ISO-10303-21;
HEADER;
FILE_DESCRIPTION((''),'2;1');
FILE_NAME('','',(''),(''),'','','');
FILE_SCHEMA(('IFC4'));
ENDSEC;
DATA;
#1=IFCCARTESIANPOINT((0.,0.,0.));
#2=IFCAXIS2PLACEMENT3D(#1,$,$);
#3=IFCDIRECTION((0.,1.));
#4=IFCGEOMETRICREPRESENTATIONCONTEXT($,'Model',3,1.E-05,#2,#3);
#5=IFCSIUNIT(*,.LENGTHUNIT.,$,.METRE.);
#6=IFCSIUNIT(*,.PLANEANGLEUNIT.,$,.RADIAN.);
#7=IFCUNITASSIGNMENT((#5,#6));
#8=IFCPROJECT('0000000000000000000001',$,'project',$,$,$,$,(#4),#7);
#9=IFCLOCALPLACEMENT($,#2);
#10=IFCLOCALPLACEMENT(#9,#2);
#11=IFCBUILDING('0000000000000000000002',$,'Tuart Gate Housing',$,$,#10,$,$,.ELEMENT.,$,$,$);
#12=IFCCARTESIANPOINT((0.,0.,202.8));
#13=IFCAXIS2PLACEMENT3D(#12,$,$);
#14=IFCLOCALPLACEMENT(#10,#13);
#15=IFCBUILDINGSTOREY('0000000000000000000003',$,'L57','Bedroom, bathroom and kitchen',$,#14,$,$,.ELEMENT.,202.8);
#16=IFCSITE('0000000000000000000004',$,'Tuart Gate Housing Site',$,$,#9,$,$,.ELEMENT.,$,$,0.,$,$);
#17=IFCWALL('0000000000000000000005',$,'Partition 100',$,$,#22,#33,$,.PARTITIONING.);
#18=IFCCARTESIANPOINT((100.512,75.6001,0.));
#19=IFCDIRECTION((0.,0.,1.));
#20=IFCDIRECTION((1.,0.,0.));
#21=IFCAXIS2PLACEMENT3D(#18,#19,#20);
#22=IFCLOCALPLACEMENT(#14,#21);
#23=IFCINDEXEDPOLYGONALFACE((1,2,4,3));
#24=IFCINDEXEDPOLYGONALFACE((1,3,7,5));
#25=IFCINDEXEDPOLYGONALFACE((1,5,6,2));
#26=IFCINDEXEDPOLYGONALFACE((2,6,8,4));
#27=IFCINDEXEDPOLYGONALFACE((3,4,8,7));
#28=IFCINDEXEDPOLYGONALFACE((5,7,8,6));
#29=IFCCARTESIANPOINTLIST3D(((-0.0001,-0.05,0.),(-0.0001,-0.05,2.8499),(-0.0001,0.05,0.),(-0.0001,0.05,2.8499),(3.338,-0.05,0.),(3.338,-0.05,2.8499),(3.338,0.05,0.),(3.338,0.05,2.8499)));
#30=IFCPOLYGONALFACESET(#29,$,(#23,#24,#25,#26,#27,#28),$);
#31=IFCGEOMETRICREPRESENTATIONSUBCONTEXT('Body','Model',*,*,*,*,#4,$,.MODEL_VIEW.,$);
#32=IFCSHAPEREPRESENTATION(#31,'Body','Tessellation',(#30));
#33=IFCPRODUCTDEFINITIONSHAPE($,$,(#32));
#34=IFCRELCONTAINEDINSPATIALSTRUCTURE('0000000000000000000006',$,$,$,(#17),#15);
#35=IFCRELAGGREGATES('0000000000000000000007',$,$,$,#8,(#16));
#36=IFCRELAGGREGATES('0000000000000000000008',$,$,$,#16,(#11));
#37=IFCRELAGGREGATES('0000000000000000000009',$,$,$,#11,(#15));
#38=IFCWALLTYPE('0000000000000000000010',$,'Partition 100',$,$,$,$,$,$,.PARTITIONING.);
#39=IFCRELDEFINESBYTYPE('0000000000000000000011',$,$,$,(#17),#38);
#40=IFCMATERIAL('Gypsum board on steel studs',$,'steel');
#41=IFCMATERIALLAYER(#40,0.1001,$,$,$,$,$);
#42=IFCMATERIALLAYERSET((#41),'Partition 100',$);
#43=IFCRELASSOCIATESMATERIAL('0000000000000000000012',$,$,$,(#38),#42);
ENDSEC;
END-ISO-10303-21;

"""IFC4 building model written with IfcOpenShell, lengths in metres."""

from ifc_helpers import new_model, si_unit, direction, frame, frame_2d, origin, place, context, subcontext, project, spatial, rectangle, extrude, material, layer, layer_set, type_object, element, save


model = new_model("IFC4")

# Units and contexts
model_context = context("Model", 3, precision=1e-05, world=origin(), true_north=direction((0.0, 1.0)))
body_context = subcontext(model_context, "Body", "Model", "MODEL_VIEW")
ifc_project = project(units=[si_unit("LENGTHUNIT", "METRE"), si_unit("PLANEANGLEUNIT", "RADIAN")], contexts=[model_context])

# Site, building, storey
site_placement = place(None, origin())
site = spatial("IfcSite", under=ifc_project, at=site_placement, Name="Tuart Gate Housing Site", CompositionType="ELEMENT", RefElevation=0.0)
building_placement = place(site_placement, origin())
building = spatial("IfcBuilding", under=site, at=building_placement, Name="Tuart Gate Housing", CompositionType="ELEMENT")
storey_placement = place(building_placement, frame((0.0, 0.0, 202.8)))
storey = spatial("IfcBuildingStorey", under=building, at=storey_placement, Name="L57", Description="Bedroom, bathroom and kitchen", CompositionType="ELEMENT", Elevation=202.8)

# Wall
ifc_material_1 = material(Name="Gypsum board on steel studs", Category="steel")
ifc_layer_1 = layer(ifc_material_1, 0.1001)
ifc_layer_set_1 = layer_set([ifc_layer_1], Name="Partition 100")
wall_type_1 = type_object("IfcWallType", Name="Partition 100", PredefinedType="PARTITIONING", material=ifc_layer_set_1)
wall_1_placement = place(storey_placement, frame((100.512, 75.6001, 0.0), z_axis=(0.0, 0.0, 1.0), x_axis=(1.0, 0.0, 0.0)))
element("IfcWall", 1, at=wall_1_placement, inside=storey, type_object=wall_type_1, Name="Partition 100", PredefinedType="PARTITIONING", context=body_context, shape_type="SweptSolid", body=[
    extrude(rectangle(XDim=3.3381, YDim=0.1001, at=frame_2d((1.6689, 0.0))), origin(), (0.0, 0.0, 1.0), 2.8499),
])

save(model, "model.ifc")
